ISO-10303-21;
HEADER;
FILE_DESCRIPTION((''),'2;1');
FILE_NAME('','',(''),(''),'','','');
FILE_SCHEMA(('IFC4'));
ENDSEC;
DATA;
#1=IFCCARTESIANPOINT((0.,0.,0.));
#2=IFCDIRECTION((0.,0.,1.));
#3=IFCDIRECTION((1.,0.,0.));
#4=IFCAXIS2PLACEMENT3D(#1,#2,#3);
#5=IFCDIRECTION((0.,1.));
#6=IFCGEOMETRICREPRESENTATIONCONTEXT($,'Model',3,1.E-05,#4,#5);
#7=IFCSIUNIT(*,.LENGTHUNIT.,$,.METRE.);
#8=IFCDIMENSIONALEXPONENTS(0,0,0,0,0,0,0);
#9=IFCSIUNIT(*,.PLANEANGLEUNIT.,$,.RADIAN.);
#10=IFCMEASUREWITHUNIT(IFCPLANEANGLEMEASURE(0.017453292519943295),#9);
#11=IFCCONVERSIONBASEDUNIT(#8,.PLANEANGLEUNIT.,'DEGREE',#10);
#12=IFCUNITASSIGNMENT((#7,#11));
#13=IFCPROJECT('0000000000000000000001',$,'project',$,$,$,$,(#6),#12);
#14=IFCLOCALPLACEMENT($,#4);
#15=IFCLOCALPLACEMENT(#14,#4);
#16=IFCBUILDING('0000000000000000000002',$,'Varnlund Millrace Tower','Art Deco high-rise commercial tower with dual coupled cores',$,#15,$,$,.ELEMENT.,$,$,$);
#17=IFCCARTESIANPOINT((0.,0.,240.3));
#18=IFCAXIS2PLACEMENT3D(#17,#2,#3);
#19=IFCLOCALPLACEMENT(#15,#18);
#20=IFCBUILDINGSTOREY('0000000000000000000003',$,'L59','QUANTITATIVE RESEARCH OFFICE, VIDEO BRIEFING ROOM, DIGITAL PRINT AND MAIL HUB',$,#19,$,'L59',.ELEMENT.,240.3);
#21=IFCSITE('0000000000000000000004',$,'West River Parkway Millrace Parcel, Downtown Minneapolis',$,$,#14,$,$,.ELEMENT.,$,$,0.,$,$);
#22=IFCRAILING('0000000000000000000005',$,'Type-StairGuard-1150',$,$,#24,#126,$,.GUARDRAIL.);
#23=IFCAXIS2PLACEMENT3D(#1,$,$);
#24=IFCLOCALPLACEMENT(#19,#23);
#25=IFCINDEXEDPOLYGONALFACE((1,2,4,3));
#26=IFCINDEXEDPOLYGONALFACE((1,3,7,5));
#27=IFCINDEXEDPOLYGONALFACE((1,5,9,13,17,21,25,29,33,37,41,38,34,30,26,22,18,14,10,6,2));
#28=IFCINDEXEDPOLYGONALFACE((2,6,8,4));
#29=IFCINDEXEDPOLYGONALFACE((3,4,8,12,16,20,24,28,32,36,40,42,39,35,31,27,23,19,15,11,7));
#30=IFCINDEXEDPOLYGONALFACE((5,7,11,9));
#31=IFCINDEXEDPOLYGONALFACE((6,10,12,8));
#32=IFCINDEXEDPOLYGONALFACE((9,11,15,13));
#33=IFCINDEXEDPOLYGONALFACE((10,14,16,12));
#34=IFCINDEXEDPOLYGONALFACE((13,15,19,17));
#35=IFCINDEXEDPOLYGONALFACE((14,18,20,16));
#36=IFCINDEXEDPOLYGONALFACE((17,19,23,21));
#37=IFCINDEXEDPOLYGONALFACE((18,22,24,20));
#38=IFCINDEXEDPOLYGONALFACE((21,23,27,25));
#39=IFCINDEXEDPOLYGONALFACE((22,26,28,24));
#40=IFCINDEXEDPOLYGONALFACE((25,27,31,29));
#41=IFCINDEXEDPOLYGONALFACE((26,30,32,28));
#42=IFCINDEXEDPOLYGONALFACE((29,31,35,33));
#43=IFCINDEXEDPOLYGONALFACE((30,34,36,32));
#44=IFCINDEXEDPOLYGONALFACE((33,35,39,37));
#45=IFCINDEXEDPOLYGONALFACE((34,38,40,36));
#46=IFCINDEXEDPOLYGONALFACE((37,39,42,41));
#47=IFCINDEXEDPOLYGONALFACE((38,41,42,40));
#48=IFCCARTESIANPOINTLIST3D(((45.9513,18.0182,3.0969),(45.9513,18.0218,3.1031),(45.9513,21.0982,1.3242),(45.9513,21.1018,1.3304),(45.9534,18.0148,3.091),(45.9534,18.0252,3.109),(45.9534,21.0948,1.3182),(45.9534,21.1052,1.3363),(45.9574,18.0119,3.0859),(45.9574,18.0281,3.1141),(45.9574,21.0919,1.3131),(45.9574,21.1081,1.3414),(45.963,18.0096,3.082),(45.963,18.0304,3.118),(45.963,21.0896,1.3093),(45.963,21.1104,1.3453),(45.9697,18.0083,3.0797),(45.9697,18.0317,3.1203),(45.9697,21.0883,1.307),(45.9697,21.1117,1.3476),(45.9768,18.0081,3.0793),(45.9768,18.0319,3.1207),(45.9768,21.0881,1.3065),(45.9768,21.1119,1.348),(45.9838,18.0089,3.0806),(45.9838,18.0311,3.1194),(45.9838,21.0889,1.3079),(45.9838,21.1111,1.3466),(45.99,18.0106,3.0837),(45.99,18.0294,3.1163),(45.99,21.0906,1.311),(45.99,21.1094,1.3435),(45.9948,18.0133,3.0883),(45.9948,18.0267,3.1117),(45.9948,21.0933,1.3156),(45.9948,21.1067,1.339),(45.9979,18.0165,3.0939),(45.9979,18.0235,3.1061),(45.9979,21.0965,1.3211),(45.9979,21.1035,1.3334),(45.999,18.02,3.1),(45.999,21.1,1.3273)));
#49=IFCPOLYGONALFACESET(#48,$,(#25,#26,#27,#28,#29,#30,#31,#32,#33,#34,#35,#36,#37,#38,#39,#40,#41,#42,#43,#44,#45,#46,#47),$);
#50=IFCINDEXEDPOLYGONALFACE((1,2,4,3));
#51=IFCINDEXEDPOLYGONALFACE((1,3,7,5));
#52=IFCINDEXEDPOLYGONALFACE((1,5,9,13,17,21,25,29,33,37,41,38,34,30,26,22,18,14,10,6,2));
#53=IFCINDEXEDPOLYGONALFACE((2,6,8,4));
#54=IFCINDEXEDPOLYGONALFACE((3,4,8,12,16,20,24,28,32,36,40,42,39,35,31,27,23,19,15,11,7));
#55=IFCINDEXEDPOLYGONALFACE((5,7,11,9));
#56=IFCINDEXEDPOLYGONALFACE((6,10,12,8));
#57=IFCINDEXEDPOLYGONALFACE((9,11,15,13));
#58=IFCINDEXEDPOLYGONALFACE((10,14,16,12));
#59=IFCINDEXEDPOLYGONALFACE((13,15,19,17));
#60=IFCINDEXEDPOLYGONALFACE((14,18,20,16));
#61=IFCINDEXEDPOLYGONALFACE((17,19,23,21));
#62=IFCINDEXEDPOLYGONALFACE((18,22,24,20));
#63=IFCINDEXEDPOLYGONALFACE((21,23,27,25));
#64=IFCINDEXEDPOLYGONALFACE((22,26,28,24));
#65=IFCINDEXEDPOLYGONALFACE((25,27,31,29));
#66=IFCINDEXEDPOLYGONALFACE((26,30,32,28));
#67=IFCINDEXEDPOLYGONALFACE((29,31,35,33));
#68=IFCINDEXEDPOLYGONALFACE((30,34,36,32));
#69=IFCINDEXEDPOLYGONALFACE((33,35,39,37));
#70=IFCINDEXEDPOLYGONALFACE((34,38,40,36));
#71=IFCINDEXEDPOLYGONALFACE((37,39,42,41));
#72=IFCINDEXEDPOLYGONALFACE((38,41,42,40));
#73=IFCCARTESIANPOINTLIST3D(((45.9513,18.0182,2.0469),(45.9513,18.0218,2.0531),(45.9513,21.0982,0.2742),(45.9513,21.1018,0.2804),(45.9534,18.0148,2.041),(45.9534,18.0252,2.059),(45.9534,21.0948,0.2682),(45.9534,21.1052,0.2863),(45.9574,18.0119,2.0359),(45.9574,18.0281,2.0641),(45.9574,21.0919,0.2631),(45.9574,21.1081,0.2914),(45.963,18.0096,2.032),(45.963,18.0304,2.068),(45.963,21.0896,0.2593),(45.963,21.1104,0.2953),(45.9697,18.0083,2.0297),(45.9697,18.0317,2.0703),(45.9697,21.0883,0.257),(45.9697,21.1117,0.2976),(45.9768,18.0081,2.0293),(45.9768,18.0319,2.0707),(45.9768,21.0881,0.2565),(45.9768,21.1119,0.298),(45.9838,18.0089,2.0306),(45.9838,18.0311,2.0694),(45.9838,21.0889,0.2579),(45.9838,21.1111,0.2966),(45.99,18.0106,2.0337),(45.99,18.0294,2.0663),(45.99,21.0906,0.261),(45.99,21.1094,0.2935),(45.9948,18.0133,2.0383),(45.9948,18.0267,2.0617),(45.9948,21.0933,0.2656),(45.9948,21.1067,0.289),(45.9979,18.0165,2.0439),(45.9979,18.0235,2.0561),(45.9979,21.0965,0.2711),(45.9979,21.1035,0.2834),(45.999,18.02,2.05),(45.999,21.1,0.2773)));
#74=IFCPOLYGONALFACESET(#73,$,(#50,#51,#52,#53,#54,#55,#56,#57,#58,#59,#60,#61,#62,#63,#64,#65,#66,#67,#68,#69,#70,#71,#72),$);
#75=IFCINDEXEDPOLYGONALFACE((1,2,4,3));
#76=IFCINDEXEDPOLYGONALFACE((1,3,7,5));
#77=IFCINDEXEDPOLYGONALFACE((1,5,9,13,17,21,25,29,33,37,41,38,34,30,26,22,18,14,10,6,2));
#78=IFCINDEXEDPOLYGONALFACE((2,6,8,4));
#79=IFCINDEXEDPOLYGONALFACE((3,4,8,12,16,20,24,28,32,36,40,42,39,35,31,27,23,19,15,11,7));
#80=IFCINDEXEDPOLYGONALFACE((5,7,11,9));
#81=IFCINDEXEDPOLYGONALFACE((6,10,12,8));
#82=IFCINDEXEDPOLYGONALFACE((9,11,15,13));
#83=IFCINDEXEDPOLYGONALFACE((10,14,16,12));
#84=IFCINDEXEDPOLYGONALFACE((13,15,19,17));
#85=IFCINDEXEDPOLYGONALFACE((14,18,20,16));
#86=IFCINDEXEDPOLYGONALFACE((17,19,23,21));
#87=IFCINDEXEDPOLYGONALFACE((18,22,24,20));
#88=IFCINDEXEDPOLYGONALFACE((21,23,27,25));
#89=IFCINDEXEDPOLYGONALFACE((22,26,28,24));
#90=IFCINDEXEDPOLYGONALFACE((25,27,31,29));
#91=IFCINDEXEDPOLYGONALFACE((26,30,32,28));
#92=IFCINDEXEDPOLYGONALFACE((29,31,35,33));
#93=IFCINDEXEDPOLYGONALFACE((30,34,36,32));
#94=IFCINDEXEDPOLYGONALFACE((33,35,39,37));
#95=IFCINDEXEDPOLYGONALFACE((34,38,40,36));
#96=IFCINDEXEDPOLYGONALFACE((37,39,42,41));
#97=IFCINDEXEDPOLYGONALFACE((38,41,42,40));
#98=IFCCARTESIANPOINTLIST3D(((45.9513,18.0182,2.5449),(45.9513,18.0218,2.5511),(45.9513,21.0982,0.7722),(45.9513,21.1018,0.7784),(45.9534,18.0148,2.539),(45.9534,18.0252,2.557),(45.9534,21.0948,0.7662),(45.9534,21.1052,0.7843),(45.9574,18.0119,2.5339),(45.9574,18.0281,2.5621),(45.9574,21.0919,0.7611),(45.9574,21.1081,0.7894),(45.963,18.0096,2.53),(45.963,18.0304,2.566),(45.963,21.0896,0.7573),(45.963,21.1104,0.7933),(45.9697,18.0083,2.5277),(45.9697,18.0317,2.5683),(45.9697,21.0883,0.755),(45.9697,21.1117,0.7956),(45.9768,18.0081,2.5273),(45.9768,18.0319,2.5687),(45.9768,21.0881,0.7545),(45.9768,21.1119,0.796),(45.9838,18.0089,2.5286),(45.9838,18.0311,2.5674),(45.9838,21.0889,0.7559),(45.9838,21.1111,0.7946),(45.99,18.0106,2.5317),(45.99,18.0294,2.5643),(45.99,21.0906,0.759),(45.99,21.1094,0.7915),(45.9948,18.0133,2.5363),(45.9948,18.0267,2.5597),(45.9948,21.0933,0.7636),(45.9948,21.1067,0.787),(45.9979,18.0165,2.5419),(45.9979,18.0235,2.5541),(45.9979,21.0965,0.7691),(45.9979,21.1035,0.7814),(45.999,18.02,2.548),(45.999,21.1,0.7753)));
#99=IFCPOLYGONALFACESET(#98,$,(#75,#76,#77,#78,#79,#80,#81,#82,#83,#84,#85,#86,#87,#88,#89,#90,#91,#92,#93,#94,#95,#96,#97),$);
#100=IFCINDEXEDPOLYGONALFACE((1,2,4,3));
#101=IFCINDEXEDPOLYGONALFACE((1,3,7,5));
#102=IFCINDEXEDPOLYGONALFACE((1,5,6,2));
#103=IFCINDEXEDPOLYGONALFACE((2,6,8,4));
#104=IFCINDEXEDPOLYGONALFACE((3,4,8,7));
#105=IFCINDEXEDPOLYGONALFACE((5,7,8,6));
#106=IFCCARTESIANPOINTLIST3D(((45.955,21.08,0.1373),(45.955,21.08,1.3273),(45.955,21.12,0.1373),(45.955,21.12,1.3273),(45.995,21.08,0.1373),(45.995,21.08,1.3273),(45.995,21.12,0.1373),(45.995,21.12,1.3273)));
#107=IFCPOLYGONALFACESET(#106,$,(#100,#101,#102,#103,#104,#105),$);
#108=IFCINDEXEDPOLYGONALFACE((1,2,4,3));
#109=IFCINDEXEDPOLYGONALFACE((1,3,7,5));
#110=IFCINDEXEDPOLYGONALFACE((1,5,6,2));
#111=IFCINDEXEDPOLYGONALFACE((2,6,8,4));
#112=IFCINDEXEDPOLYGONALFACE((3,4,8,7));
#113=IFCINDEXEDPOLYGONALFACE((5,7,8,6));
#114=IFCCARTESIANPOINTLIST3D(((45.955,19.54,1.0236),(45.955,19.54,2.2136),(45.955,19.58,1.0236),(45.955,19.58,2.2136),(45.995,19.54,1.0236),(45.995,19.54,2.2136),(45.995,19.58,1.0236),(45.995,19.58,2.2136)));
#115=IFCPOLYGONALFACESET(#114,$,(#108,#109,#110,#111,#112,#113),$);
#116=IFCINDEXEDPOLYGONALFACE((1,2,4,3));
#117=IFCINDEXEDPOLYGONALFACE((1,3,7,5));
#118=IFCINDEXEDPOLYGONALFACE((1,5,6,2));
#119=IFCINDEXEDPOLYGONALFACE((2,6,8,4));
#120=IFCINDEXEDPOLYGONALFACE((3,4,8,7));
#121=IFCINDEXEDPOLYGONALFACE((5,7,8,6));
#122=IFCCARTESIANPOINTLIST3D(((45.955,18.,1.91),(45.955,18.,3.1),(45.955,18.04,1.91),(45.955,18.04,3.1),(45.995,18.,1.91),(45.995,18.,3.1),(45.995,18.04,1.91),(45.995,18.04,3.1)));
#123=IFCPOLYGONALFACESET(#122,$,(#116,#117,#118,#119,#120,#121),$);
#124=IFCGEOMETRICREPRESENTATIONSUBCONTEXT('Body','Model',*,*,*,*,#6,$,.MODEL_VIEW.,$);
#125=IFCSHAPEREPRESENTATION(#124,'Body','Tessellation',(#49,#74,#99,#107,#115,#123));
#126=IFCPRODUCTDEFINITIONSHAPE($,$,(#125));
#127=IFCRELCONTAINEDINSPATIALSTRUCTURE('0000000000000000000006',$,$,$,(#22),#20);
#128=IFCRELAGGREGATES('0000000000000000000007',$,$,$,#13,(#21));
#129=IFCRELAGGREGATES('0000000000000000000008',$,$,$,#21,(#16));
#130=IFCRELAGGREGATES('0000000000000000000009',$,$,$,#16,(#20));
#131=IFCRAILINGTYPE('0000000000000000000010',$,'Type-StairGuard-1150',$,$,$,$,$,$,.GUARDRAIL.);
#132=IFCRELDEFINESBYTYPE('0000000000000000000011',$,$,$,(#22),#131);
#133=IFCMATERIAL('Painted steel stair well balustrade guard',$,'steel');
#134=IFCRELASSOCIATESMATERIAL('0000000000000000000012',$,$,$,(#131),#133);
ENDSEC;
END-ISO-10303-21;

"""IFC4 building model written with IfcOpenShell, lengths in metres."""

from ifc_helpers import new_model, entity, si_unit, converted_unit, direction, frame, origin_with_axes, origin_2d_with_axis, place, context, subcontext, project, spatial, rectangle, circle, extrude, material, type_object, element, save


model = new_model("IFC4")

# Units and contexts
model_context = context("Model", 3, precision=1e-05, world=origin_with_axes(), true_north=direction((0.0, 1.0)))
body_context = subcontext(model_context, "Body", "Model", "MODEL_VIEW")
ifc_project = project(units=[si_unit("LENGTHUNIT", "METRE"), converted_unit("PLANEANGLEUNIT", "DEGREE", entity("IfcPlaneAngleMeasure", 0.017453292519943295), si_unit("PLANEANGLEUNIT", "RADIAN"), dimensions=[0, 0, 0, 0, 0, 0, 0])], contexts=[model_context])

# Site, building, storey
site_placement = place(None, origin_with_axes())
site = spatial("IfcSite", under=ifc_project, at=site_placement, Name="West River Parkway Millrace Parcel, Downtown Minneapolis", CompositionType="ELEMENT", RefElevation=0.0)
building_placement = place(site_placement, origin_with_axes())
building = spatial("IfcBuilding", under=site, at=building_placement, Name="Varnlund Millrace Tower", Description="Art Deco high-rise commercial tower with dual coupled cores", CompositionType="ELEMENT")
storey_placement = place(building_placement, frame((0.0, 0.0, 240.3), z_axis=(0.0, 0.0, 1.0), x_axis=(1.0, 0.0, 0.0)))
storey = spatial("IfcBuildingStorey", under=building, at=storey_placement, Name="L59", Description="QUANTITATIVE RESEARCH OFFICE, VIDEO BRIEFING ROOM, DIGITAL PRINT AND MAIL HUB", LongName="L59", CompositionType="ELEMENT", Elevation=240.3)

# Railing
ifc_material_1 = material(Name="Painted steel stair well balustrade guard", Category="steel")
railing_type_1 = type_object("IfcRailingType", Name="Type-StairGuard-1150", PredefinedType="GUARDRAIL", material=ifc_material_1)
railing_1_placement = place(storey_placement, frame((0.0, 0.0, -240.3), z_axis=(0.0, 0.0, 1.0), x_axis=(1.0, 0.0, 0.0)))
element("IfcRailing", 1, at=railing_1_placement, inside=storey, type_object=railing_type_1, Name="Type-StairGuard-1150", PredefinedType="GUARDRAIL", context=body_context, shape_type="SweptSolid", body=[
    extrude(circle(Radius=0.024, at=origin_2d_with_axis()), frame((45.975, 21.1, 241.6273), z_axis=(0.0, -0.866696, 0.498836), x_axis=(1.0, 0.0, 0.0)), (0.0, 0.0, 1.0), 3.5537),
    extrude(circle(Radius=0.024, at=origin_2d_with_axis()), frame((45.975, 21.1, 240.5773), z_axis=(0.0, -0.866696, 0.498836), x_axis=(1.0, 0.0, 0.0)), (0.0, 0.0, 1.0), 3.5537),
    extrude(circle(Radius=0.024, at=origin_2d_with_axis()), frame((45.975, 21.1, 241.0753), z_axis=(0.0, -0.866696, 0.498836), x_axis=(1.0, 0.0, 0.0)), (0.0, 0.0, 1.0), 3.5537),
    extrude(rectangle(XDim=0.04, YDim=0.04, at=origin_2d_with_axis()), frame((45.975, 21.1, 240.4373), z_axis=(0.0, 0.0, 1.0), x_axis=(1.0, 0.0, 0.0)), (0.0, 0.0, 1.0), 1.19),
    extrude(rectangle(XDim=0.04, YDim=0.04, at=origin_2d_with_axis()), frame((45.975, 19.56, 241.3236), z_axis=(0.0, 0.0, 1.0), x_axis=(1.0, 0.0, 0.0)), (0.0, 0.0, 1.0), 1.19),
    extrude(rectangle(XDim=0.04, YDim=0.04, at=origin_2d_with_axis()), frame((45.975, 18.02, 242.21), z_axis=(0.0, 0.0, 1.0), x_axis=(1.0, 0.0, 0.0)), (0.0, 0.0, 1.0), 1.19),
])

save(model, "model.ifc")
